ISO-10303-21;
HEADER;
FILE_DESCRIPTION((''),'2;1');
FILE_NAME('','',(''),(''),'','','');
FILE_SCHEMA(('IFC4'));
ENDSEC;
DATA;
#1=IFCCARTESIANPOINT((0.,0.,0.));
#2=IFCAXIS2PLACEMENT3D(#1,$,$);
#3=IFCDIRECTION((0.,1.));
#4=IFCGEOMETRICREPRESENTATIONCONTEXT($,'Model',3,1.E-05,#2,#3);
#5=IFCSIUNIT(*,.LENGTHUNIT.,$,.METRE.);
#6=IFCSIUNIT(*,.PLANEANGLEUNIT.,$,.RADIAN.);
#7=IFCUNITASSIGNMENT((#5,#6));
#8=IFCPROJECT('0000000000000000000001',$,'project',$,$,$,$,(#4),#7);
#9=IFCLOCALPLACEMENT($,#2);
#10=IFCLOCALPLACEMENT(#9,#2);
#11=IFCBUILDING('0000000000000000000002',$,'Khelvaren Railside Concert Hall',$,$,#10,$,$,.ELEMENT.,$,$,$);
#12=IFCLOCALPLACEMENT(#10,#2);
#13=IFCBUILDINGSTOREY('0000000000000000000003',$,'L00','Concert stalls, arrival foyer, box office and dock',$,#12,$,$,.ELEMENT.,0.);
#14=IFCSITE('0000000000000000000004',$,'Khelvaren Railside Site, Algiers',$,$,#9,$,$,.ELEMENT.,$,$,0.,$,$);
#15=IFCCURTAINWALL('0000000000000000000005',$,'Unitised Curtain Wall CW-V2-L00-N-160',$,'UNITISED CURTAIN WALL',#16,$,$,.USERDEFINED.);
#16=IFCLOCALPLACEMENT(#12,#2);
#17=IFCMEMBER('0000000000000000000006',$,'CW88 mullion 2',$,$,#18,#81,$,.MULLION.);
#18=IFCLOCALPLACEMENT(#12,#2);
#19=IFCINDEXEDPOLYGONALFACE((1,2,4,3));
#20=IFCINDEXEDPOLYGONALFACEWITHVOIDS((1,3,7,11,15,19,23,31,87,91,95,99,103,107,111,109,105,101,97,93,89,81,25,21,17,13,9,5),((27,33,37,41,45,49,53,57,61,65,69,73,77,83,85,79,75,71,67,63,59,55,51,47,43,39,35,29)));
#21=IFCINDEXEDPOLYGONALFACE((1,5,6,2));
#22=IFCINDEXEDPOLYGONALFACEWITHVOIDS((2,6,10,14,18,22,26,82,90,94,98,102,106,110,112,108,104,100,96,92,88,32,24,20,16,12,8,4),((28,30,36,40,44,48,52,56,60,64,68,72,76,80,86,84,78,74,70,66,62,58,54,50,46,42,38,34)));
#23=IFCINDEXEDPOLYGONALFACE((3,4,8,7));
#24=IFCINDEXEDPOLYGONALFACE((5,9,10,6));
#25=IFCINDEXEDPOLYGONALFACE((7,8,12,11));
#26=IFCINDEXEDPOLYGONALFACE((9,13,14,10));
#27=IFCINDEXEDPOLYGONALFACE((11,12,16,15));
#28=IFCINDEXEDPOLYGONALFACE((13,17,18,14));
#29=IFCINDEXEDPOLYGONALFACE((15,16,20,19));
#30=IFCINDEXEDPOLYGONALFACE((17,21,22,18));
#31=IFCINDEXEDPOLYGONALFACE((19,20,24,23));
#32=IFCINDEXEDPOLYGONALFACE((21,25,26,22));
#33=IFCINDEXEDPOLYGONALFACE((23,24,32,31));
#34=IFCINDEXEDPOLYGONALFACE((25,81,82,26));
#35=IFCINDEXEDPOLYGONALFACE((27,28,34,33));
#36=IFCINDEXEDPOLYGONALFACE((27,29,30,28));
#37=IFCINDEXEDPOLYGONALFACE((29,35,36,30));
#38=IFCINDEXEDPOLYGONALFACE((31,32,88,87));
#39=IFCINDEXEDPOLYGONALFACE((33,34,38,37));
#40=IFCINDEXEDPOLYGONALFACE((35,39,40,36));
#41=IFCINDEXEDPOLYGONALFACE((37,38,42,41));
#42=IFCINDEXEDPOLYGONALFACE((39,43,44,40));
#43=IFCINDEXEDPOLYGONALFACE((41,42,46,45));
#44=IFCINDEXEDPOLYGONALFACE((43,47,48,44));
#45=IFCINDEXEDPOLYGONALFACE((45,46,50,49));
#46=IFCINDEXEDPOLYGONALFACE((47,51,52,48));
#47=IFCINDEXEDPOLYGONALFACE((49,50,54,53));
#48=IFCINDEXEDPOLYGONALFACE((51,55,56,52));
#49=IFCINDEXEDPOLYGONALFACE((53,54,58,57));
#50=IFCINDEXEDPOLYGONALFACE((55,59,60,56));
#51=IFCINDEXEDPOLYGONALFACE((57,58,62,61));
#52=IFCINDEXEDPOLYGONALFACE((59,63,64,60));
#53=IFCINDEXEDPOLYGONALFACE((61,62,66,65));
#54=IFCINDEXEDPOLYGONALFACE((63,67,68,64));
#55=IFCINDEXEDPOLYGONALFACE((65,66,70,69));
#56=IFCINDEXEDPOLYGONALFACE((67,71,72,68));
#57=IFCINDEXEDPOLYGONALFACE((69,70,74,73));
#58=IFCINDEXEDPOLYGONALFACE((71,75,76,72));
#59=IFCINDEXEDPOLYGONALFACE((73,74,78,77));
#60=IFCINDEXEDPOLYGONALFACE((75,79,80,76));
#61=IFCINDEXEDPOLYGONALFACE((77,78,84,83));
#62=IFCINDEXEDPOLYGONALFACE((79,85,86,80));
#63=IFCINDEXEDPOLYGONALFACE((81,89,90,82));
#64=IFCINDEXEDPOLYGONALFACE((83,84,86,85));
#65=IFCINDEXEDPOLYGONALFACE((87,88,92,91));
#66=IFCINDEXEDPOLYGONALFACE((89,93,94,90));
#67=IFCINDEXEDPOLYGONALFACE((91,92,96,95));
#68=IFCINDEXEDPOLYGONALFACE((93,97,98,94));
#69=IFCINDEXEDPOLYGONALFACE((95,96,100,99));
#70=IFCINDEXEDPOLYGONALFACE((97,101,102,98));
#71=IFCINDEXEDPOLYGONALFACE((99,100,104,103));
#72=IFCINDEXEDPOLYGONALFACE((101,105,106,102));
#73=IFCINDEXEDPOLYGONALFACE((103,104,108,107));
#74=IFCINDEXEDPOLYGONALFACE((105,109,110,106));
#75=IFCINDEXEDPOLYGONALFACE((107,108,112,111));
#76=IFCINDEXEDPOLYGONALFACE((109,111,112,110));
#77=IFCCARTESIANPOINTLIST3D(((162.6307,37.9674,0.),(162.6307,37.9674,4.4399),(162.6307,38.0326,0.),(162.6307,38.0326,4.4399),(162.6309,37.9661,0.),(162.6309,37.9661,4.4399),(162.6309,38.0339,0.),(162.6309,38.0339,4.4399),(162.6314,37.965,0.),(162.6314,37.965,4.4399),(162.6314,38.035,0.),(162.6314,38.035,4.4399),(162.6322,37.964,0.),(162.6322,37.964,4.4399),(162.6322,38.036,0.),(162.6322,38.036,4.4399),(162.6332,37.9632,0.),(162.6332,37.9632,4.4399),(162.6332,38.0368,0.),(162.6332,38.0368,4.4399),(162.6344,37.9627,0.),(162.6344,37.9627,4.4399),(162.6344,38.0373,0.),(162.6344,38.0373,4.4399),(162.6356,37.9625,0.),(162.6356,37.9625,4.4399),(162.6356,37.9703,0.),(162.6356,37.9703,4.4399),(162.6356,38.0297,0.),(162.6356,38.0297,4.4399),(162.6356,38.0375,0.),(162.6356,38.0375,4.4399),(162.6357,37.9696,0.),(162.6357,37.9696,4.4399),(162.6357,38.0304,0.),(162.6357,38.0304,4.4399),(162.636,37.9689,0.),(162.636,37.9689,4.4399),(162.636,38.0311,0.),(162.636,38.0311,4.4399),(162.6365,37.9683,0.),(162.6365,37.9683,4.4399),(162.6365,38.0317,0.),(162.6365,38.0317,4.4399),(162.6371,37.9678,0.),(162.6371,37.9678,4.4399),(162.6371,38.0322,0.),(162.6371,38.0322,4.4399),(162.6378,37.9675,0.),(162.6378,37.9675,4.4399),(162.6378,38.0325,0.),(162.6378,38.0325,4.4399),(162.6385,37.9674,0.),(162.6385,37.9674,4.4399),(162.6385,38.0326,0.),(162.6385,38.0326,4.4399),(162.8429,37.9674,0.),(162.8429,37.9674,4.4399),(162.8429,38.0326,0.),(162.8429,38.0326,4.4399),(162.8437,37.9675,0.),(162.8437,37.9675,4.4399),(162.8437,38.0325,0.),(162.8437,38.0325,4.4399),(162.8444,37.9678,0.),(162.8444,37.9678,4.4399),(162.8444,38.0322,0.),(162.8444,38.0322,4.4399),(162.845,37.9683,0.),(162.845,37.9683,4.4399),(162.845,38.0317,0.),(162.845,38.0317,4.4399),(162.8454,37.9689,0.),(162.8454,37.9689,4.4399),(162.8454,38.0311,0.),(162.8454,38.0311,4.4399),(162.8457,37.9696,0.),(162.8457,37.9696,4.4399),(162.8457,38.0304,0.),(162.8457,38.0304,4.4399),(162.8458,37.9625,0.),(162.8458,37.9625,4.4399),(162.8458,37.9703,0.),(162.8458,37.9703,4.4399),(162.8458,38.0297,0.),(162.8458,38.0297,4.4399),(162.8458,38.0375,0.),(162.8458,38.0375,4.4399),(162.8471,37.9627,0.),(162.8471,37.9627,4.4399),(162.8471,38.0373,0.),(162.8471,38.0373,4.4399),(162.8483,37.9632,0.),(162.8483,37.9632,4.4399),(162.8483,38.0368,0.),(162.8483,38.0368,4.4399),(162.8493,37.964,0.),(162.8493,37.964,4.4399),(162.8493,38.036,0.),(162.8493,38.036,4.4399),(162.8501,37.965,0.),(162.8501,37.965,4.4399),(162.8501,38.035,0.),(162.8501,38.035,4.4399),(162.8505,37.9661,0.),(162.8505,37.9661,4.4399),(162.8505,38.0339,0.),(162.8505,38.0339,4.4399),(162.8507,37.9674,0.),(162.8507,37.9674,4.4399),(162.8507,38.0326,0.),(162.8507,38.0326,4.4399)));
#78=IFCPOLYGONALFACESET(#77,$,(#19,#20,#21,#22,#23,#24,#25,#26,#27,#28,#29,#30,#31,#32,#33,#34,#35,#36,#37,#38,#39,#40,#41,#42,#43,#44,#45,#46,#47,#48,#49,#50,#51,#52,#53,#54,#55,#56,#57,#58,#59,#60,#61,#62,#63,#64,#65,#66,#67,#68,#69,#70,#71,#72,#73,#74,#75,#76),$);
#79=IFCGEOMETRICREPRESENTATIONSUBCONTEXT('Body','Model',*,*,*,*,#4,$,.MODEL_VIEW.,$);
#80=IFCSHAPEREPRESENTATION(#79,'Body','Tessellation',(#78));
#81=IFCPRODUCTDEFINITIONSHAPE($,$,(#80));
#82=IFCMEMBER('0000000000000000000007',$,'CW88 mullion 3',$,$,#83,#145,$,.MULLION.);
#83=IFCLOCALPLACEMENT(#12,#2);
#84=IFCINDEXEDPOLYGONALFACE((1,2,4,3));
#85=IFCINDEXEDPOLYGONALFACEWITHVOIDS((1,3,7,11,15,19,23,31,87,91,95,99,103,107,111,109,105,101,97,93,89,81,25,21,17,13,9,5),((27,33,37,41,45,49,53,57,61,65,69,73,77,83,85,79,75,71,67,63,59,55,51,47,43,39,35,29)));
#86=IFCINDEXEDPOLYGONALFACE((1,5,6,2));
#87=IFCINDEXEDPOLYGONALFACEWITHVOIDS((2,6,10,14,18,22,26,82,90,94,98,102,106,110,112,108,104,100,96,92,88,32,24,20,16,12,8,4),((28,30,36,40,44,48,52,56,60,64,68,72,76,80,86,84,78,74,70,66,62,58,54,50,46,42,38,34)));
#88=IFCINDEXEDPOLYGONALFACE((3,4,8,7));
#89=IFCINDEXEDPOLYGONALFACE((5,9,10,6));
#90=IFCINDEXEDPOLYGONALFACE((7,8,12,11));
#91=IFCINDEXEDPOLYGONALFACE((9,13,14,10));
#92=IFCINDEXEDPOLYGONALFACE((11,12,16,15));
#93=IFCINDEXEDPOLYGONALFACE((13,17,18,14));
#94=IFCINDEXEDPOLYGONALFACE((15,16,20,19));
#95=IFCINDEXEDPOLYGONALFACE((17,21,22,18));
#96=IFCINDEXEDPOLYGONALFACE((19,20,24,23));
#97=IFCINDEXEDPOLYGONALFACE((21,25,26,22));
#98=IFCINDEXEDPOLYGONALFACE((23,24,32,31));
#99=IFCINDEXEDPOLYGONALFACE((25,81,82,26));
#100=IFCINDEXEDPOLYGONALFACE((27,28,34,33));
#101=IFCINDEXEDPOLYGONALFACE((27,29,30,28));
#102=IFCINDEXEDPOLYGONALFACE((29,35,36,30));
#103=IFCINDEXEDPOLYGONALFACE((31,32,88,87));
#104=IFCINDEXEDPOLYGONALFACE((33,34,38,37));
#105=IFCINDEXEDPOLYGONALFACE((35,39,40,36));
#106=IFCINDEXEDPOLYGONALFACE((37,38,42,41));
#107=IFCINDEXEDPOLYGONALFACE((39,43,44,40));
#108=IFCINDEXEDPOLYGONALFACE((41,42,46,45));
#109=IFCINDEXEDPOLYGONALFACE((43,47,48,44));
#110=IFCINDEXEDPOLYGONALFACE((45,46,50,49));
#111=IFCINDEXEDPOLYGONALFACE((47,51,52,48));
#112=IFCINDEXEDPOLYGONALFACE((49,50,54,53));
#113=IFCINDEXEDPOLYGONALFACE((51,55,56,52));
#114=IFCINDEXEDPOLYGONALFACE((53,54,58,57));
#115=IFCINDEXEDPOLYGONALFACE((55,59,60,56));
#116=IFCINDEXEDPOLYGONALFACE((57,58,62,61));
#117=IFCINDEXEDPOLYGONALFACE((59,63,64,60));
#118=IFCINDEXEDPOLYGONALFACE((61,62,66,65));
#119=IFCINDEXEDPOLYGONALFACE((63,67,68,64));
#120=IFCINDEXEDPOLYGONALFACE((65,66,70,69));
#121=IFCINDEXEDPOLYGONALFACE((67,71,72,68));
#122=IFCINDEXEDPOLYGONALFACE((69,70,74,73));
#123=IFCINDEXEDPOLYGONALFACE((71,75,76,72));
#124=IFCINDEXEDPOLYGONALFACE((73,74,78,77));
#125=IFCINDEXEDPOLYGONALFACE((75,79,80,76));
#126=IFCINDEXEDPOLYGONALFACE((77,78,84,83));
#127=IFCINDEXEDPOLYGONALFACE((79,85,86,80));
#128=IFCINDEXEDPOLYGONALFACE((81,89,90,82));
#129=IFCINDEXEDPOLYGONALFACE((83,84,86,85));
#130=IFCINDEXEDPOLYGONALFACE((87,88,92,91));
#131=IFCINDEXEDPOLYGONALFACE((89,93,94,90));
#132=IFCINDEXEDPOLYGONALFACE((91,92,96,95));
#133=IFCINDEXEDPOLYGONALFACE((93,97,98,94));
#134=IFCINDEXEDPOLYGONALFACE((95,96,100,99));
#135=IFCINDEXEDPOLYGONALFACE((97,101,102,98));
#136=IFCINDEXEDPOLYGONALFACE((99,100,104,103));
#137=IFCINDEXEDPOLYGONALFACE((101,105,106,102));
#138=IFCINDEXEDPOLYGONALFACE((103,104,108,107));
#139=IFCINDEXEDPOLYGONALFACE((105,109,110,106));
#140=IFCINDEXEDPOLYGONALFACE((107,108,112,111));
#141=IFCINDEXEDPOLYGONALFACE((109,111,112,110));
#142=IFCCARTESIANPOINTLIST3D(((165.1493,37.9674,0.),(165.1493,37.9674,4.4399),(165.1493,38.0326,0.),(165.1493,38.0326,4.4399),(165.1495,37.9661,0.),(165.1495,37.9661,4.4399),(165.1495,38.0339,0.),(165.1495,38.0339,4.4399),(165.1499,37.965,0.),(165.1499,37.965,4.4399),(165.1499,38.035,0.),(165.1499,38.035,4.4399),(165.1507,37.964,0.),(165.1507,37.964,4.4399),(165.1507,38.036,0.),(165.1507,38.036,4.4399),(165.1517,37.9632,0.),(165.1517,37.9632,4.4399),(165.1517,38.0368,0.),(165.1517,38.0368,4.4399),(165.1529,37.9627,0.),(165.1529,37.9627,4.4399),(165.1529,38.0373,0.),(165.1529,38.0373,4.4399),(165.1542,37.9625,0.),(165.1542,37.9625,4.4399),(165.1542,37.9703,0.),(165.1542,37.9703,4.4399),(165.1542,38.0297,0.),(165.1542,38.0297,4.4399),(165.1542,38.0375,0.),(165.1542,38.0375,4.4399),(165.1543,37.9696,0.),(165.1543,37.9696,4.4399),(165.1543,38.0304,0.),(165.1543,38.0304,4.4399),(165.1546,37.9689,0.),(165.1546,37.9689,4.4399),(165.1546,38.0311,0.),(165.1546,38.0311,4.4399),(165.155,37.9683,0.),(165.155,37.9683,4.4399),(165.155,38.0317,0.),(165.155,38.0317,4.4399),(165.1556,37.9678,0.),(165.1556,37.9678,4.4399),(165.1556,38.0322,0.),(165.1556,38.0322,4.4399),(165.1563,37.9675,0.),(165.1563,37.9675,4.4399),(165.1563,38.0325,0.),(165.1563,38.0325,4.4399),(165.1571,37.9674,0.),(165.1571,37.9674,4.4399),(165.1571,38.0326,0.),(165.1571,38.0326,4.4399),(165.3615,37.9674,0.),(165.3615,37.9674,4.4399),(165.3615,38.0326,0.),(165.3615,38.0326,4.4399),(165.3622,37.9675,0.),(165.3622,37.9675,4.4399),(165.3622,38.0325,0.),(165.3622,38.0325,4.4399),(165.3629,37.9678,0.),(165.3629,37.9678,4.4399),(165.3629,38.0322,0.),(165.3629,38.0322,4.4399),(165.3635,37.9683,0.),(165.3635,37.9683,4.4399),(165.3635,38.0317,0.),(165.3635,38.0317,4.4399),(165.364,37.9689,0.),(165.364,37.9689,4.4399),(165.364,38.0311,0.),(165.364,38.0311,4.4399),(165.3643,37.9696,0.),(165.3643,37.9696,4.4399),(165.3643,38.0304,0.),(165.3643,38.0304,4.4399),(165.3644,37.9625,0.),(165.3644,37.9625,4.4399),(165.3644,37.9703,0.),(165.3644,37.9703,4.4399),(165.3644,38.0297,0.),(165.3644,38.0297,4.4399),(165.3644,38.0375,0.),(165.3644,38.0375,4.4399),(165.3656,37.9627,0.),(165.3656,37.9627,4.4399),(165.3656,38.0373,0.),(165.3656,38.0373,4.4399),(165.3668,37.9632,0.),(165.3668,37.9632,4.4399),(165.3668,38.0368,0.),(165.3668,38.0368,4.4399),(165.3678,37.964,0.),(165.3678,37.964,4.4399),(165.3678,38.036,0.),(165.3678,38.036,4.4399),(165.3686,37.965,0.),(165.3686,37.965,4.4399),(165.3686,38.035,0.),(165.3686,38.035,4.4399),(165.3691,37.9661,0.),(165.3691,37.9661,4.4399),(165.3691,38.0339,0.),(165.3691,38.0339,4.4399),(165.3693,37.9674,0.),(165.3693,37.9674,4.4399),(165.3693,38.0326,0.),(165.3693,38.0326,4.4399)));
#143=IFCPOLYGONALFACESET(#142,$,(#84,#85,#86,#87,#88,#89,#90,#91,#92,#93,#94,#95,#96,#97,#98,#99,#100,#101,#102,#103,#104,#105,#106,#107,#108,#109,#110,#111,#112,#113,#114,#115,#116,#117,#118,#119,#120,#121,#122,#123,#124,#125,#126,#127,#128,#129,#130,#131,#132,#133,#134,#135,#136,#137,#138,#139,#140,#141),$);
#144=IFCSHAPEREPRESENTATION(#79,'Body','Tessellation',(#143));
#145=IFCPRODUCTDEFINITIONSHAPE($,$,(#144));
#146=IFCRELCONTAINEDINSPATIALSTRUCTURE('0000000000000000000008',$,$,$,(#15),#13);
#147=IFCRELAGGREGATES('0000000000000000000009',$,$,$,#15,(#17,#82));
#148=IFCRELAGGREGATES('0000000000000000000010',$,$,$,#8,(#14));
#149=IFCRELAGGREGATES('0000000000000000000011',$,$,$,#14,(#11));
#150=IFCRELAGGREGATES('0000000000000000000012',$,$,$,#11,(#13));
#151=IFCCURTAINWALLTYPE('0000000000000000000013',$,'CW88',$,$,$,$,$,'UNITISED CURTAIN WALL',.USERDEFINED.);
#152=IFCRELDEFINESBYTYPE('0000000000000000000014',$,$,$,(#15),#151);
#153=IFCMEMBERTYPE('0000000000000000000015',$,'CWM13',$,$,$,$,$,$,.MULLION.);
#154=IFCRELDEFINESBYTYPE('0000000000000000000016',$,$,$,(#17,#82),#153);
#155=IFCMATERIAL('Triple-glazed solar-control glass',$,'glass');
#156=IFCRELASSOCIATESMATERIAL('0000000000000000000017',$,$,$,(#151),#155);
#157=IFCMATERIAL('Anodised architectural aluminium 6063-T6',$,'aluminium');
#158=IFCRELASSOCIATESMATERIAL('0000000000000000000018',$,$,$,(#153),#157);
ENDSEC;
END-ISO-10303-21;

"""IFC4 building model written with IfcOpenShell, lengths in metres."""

from ifc_helpers import new_model, si_unit, direction, frame, origin, origin_2d, place, context, subcontext, project, spatial, hollow_rectangle, extrude, material, material_profile, profile_set, type_object, element, aggregate, save


model = new_model("IFC4")

# Units and contexts
model_context = context("Model", 3, precision=1e-05, world=origin(), true_north=direction((0.0, 1.0)))
body_context = subcontext(model_context, "Body", "Model", "MODEL_VIEW")
ifc_project = project(units=[si_unit("LENGTHUNIT", "METRE"), si_unit("PLANEANGLEUNIT", "RADIAN")], contexts=[model_context])

# Site, building, storey
site_placement = place(None, origin())
site = spatial("IfcSite", under=ifc_project, at=site_placement, Name="Khelvaren Railside Site, Algiers", CompositionType="ELEMENT", RefElevation=0.0)
building_placement = place(site_placement, origin())
building = spatial("IfcBuilding", under=site, at=building_placement, Name="Khelvaren Railside Concert Hall", CompositionType="ELEMENT")
storey_placement = place(building_placement, origin())
storey = spatial("IfcBuildingStorey", under=building, at=storey_placement, Name="L00", Description="Concert stalls, arrival foyer, box office and dock", CompositionType="ELEMENT", Elevation=0.0)

# Curtain wall, members
ifc_material_1 = material(Name="Triple-glazed solar-control glass", Category="glass")
curtain_wall_type_1 = type_object("IfcCurtainWallType", Name="CW88", ElementType="UNITISED CURTAIN WALL", PredefinedType="USERDEFINED", material=ifc_material_1)
curtain_wall_1_placement = place(storey_placement, origin())
curtain_wall_1 = element("IfcCurtainWall", 1, at=curtain_wall_1_placement, inside=storey, type_object=curtain_wall_type_1, Name="Unitised Curtain Wall CW-V2-L00-N-160", ObjectType="UNITISED CURTAIN WALL", PredefinedType="USERDEFINED")
ifc_material_2 = material(Name="Anodised architectural aluminium 6063-T6", Category="aluminium")
ifc_material_profile_1 = material_profile(ifc_material_2, hollow_rectangle(XDim=0.075, YDim=0.22, WallThickness=0.0049, InnerFilletRadius=0.0029, OuterFilletRadius=0.0049, at=origin_2d()), Name="CWM 75x220x5")
ifc_profile_set_1 = profile_set([ifc_material_profile_1], Name="Anodised architectural aluminium 6063-T6")
member_type_1 = type_object("IfcMemberType", Name="CWM13", PredefinedType="MULLION", material=ifc_profile_set_1)
member_1_placement = place(storey_placement, frame((162.7407, 38.0, 0.0), z_axis=(0.0, 0.0, 1.0), x_axis=(0.0, 1.0, 0.0)))
member_1 = element("IfcMember", 2, at=member_1_placement, type_object=member_type_1, Name="CW88 mullion 2", PredefinedType="MULLION", context=body_context, shape_type="SweptSolid", body=[
    extrude(hollow_rectangle(XDim=0.075, YDim=0.22, WallThickness=0.0049, InnerFilletRadius=0.0029, OuterFilletRadius=0.0049, at=origin_2d()), origin(), (0.0, 0.0, 1.0), 4.4399),
])
member_2_placement = place(storey_placement, frame((165.2593, 38.0, 0.0), z_axis=(0.0, 0.0, 1.0), x_axis=(0.0, 1.0, 0.0)))
member_2 = element("IfcMember", 3, at=member_2_placement, type_object=member_type_1, Name="CW88 mullion 3", PredefinedType="MULLION", context=body_context, shape_type="SweptSolid", body=[
    extrude(hollow_rectangle(XDim=0.075, YDim=0.22, WallThickness=0.0049, InnerFilletRadius=0.0029, OuterFilletRadius=0.0049, at=origin_2d()), origin(), (0.0, 0.0, 1.0), 4.4399),
])

aggregate(curtain_wall_1, [member_1, member_2])

save(model, "model.ifc")
